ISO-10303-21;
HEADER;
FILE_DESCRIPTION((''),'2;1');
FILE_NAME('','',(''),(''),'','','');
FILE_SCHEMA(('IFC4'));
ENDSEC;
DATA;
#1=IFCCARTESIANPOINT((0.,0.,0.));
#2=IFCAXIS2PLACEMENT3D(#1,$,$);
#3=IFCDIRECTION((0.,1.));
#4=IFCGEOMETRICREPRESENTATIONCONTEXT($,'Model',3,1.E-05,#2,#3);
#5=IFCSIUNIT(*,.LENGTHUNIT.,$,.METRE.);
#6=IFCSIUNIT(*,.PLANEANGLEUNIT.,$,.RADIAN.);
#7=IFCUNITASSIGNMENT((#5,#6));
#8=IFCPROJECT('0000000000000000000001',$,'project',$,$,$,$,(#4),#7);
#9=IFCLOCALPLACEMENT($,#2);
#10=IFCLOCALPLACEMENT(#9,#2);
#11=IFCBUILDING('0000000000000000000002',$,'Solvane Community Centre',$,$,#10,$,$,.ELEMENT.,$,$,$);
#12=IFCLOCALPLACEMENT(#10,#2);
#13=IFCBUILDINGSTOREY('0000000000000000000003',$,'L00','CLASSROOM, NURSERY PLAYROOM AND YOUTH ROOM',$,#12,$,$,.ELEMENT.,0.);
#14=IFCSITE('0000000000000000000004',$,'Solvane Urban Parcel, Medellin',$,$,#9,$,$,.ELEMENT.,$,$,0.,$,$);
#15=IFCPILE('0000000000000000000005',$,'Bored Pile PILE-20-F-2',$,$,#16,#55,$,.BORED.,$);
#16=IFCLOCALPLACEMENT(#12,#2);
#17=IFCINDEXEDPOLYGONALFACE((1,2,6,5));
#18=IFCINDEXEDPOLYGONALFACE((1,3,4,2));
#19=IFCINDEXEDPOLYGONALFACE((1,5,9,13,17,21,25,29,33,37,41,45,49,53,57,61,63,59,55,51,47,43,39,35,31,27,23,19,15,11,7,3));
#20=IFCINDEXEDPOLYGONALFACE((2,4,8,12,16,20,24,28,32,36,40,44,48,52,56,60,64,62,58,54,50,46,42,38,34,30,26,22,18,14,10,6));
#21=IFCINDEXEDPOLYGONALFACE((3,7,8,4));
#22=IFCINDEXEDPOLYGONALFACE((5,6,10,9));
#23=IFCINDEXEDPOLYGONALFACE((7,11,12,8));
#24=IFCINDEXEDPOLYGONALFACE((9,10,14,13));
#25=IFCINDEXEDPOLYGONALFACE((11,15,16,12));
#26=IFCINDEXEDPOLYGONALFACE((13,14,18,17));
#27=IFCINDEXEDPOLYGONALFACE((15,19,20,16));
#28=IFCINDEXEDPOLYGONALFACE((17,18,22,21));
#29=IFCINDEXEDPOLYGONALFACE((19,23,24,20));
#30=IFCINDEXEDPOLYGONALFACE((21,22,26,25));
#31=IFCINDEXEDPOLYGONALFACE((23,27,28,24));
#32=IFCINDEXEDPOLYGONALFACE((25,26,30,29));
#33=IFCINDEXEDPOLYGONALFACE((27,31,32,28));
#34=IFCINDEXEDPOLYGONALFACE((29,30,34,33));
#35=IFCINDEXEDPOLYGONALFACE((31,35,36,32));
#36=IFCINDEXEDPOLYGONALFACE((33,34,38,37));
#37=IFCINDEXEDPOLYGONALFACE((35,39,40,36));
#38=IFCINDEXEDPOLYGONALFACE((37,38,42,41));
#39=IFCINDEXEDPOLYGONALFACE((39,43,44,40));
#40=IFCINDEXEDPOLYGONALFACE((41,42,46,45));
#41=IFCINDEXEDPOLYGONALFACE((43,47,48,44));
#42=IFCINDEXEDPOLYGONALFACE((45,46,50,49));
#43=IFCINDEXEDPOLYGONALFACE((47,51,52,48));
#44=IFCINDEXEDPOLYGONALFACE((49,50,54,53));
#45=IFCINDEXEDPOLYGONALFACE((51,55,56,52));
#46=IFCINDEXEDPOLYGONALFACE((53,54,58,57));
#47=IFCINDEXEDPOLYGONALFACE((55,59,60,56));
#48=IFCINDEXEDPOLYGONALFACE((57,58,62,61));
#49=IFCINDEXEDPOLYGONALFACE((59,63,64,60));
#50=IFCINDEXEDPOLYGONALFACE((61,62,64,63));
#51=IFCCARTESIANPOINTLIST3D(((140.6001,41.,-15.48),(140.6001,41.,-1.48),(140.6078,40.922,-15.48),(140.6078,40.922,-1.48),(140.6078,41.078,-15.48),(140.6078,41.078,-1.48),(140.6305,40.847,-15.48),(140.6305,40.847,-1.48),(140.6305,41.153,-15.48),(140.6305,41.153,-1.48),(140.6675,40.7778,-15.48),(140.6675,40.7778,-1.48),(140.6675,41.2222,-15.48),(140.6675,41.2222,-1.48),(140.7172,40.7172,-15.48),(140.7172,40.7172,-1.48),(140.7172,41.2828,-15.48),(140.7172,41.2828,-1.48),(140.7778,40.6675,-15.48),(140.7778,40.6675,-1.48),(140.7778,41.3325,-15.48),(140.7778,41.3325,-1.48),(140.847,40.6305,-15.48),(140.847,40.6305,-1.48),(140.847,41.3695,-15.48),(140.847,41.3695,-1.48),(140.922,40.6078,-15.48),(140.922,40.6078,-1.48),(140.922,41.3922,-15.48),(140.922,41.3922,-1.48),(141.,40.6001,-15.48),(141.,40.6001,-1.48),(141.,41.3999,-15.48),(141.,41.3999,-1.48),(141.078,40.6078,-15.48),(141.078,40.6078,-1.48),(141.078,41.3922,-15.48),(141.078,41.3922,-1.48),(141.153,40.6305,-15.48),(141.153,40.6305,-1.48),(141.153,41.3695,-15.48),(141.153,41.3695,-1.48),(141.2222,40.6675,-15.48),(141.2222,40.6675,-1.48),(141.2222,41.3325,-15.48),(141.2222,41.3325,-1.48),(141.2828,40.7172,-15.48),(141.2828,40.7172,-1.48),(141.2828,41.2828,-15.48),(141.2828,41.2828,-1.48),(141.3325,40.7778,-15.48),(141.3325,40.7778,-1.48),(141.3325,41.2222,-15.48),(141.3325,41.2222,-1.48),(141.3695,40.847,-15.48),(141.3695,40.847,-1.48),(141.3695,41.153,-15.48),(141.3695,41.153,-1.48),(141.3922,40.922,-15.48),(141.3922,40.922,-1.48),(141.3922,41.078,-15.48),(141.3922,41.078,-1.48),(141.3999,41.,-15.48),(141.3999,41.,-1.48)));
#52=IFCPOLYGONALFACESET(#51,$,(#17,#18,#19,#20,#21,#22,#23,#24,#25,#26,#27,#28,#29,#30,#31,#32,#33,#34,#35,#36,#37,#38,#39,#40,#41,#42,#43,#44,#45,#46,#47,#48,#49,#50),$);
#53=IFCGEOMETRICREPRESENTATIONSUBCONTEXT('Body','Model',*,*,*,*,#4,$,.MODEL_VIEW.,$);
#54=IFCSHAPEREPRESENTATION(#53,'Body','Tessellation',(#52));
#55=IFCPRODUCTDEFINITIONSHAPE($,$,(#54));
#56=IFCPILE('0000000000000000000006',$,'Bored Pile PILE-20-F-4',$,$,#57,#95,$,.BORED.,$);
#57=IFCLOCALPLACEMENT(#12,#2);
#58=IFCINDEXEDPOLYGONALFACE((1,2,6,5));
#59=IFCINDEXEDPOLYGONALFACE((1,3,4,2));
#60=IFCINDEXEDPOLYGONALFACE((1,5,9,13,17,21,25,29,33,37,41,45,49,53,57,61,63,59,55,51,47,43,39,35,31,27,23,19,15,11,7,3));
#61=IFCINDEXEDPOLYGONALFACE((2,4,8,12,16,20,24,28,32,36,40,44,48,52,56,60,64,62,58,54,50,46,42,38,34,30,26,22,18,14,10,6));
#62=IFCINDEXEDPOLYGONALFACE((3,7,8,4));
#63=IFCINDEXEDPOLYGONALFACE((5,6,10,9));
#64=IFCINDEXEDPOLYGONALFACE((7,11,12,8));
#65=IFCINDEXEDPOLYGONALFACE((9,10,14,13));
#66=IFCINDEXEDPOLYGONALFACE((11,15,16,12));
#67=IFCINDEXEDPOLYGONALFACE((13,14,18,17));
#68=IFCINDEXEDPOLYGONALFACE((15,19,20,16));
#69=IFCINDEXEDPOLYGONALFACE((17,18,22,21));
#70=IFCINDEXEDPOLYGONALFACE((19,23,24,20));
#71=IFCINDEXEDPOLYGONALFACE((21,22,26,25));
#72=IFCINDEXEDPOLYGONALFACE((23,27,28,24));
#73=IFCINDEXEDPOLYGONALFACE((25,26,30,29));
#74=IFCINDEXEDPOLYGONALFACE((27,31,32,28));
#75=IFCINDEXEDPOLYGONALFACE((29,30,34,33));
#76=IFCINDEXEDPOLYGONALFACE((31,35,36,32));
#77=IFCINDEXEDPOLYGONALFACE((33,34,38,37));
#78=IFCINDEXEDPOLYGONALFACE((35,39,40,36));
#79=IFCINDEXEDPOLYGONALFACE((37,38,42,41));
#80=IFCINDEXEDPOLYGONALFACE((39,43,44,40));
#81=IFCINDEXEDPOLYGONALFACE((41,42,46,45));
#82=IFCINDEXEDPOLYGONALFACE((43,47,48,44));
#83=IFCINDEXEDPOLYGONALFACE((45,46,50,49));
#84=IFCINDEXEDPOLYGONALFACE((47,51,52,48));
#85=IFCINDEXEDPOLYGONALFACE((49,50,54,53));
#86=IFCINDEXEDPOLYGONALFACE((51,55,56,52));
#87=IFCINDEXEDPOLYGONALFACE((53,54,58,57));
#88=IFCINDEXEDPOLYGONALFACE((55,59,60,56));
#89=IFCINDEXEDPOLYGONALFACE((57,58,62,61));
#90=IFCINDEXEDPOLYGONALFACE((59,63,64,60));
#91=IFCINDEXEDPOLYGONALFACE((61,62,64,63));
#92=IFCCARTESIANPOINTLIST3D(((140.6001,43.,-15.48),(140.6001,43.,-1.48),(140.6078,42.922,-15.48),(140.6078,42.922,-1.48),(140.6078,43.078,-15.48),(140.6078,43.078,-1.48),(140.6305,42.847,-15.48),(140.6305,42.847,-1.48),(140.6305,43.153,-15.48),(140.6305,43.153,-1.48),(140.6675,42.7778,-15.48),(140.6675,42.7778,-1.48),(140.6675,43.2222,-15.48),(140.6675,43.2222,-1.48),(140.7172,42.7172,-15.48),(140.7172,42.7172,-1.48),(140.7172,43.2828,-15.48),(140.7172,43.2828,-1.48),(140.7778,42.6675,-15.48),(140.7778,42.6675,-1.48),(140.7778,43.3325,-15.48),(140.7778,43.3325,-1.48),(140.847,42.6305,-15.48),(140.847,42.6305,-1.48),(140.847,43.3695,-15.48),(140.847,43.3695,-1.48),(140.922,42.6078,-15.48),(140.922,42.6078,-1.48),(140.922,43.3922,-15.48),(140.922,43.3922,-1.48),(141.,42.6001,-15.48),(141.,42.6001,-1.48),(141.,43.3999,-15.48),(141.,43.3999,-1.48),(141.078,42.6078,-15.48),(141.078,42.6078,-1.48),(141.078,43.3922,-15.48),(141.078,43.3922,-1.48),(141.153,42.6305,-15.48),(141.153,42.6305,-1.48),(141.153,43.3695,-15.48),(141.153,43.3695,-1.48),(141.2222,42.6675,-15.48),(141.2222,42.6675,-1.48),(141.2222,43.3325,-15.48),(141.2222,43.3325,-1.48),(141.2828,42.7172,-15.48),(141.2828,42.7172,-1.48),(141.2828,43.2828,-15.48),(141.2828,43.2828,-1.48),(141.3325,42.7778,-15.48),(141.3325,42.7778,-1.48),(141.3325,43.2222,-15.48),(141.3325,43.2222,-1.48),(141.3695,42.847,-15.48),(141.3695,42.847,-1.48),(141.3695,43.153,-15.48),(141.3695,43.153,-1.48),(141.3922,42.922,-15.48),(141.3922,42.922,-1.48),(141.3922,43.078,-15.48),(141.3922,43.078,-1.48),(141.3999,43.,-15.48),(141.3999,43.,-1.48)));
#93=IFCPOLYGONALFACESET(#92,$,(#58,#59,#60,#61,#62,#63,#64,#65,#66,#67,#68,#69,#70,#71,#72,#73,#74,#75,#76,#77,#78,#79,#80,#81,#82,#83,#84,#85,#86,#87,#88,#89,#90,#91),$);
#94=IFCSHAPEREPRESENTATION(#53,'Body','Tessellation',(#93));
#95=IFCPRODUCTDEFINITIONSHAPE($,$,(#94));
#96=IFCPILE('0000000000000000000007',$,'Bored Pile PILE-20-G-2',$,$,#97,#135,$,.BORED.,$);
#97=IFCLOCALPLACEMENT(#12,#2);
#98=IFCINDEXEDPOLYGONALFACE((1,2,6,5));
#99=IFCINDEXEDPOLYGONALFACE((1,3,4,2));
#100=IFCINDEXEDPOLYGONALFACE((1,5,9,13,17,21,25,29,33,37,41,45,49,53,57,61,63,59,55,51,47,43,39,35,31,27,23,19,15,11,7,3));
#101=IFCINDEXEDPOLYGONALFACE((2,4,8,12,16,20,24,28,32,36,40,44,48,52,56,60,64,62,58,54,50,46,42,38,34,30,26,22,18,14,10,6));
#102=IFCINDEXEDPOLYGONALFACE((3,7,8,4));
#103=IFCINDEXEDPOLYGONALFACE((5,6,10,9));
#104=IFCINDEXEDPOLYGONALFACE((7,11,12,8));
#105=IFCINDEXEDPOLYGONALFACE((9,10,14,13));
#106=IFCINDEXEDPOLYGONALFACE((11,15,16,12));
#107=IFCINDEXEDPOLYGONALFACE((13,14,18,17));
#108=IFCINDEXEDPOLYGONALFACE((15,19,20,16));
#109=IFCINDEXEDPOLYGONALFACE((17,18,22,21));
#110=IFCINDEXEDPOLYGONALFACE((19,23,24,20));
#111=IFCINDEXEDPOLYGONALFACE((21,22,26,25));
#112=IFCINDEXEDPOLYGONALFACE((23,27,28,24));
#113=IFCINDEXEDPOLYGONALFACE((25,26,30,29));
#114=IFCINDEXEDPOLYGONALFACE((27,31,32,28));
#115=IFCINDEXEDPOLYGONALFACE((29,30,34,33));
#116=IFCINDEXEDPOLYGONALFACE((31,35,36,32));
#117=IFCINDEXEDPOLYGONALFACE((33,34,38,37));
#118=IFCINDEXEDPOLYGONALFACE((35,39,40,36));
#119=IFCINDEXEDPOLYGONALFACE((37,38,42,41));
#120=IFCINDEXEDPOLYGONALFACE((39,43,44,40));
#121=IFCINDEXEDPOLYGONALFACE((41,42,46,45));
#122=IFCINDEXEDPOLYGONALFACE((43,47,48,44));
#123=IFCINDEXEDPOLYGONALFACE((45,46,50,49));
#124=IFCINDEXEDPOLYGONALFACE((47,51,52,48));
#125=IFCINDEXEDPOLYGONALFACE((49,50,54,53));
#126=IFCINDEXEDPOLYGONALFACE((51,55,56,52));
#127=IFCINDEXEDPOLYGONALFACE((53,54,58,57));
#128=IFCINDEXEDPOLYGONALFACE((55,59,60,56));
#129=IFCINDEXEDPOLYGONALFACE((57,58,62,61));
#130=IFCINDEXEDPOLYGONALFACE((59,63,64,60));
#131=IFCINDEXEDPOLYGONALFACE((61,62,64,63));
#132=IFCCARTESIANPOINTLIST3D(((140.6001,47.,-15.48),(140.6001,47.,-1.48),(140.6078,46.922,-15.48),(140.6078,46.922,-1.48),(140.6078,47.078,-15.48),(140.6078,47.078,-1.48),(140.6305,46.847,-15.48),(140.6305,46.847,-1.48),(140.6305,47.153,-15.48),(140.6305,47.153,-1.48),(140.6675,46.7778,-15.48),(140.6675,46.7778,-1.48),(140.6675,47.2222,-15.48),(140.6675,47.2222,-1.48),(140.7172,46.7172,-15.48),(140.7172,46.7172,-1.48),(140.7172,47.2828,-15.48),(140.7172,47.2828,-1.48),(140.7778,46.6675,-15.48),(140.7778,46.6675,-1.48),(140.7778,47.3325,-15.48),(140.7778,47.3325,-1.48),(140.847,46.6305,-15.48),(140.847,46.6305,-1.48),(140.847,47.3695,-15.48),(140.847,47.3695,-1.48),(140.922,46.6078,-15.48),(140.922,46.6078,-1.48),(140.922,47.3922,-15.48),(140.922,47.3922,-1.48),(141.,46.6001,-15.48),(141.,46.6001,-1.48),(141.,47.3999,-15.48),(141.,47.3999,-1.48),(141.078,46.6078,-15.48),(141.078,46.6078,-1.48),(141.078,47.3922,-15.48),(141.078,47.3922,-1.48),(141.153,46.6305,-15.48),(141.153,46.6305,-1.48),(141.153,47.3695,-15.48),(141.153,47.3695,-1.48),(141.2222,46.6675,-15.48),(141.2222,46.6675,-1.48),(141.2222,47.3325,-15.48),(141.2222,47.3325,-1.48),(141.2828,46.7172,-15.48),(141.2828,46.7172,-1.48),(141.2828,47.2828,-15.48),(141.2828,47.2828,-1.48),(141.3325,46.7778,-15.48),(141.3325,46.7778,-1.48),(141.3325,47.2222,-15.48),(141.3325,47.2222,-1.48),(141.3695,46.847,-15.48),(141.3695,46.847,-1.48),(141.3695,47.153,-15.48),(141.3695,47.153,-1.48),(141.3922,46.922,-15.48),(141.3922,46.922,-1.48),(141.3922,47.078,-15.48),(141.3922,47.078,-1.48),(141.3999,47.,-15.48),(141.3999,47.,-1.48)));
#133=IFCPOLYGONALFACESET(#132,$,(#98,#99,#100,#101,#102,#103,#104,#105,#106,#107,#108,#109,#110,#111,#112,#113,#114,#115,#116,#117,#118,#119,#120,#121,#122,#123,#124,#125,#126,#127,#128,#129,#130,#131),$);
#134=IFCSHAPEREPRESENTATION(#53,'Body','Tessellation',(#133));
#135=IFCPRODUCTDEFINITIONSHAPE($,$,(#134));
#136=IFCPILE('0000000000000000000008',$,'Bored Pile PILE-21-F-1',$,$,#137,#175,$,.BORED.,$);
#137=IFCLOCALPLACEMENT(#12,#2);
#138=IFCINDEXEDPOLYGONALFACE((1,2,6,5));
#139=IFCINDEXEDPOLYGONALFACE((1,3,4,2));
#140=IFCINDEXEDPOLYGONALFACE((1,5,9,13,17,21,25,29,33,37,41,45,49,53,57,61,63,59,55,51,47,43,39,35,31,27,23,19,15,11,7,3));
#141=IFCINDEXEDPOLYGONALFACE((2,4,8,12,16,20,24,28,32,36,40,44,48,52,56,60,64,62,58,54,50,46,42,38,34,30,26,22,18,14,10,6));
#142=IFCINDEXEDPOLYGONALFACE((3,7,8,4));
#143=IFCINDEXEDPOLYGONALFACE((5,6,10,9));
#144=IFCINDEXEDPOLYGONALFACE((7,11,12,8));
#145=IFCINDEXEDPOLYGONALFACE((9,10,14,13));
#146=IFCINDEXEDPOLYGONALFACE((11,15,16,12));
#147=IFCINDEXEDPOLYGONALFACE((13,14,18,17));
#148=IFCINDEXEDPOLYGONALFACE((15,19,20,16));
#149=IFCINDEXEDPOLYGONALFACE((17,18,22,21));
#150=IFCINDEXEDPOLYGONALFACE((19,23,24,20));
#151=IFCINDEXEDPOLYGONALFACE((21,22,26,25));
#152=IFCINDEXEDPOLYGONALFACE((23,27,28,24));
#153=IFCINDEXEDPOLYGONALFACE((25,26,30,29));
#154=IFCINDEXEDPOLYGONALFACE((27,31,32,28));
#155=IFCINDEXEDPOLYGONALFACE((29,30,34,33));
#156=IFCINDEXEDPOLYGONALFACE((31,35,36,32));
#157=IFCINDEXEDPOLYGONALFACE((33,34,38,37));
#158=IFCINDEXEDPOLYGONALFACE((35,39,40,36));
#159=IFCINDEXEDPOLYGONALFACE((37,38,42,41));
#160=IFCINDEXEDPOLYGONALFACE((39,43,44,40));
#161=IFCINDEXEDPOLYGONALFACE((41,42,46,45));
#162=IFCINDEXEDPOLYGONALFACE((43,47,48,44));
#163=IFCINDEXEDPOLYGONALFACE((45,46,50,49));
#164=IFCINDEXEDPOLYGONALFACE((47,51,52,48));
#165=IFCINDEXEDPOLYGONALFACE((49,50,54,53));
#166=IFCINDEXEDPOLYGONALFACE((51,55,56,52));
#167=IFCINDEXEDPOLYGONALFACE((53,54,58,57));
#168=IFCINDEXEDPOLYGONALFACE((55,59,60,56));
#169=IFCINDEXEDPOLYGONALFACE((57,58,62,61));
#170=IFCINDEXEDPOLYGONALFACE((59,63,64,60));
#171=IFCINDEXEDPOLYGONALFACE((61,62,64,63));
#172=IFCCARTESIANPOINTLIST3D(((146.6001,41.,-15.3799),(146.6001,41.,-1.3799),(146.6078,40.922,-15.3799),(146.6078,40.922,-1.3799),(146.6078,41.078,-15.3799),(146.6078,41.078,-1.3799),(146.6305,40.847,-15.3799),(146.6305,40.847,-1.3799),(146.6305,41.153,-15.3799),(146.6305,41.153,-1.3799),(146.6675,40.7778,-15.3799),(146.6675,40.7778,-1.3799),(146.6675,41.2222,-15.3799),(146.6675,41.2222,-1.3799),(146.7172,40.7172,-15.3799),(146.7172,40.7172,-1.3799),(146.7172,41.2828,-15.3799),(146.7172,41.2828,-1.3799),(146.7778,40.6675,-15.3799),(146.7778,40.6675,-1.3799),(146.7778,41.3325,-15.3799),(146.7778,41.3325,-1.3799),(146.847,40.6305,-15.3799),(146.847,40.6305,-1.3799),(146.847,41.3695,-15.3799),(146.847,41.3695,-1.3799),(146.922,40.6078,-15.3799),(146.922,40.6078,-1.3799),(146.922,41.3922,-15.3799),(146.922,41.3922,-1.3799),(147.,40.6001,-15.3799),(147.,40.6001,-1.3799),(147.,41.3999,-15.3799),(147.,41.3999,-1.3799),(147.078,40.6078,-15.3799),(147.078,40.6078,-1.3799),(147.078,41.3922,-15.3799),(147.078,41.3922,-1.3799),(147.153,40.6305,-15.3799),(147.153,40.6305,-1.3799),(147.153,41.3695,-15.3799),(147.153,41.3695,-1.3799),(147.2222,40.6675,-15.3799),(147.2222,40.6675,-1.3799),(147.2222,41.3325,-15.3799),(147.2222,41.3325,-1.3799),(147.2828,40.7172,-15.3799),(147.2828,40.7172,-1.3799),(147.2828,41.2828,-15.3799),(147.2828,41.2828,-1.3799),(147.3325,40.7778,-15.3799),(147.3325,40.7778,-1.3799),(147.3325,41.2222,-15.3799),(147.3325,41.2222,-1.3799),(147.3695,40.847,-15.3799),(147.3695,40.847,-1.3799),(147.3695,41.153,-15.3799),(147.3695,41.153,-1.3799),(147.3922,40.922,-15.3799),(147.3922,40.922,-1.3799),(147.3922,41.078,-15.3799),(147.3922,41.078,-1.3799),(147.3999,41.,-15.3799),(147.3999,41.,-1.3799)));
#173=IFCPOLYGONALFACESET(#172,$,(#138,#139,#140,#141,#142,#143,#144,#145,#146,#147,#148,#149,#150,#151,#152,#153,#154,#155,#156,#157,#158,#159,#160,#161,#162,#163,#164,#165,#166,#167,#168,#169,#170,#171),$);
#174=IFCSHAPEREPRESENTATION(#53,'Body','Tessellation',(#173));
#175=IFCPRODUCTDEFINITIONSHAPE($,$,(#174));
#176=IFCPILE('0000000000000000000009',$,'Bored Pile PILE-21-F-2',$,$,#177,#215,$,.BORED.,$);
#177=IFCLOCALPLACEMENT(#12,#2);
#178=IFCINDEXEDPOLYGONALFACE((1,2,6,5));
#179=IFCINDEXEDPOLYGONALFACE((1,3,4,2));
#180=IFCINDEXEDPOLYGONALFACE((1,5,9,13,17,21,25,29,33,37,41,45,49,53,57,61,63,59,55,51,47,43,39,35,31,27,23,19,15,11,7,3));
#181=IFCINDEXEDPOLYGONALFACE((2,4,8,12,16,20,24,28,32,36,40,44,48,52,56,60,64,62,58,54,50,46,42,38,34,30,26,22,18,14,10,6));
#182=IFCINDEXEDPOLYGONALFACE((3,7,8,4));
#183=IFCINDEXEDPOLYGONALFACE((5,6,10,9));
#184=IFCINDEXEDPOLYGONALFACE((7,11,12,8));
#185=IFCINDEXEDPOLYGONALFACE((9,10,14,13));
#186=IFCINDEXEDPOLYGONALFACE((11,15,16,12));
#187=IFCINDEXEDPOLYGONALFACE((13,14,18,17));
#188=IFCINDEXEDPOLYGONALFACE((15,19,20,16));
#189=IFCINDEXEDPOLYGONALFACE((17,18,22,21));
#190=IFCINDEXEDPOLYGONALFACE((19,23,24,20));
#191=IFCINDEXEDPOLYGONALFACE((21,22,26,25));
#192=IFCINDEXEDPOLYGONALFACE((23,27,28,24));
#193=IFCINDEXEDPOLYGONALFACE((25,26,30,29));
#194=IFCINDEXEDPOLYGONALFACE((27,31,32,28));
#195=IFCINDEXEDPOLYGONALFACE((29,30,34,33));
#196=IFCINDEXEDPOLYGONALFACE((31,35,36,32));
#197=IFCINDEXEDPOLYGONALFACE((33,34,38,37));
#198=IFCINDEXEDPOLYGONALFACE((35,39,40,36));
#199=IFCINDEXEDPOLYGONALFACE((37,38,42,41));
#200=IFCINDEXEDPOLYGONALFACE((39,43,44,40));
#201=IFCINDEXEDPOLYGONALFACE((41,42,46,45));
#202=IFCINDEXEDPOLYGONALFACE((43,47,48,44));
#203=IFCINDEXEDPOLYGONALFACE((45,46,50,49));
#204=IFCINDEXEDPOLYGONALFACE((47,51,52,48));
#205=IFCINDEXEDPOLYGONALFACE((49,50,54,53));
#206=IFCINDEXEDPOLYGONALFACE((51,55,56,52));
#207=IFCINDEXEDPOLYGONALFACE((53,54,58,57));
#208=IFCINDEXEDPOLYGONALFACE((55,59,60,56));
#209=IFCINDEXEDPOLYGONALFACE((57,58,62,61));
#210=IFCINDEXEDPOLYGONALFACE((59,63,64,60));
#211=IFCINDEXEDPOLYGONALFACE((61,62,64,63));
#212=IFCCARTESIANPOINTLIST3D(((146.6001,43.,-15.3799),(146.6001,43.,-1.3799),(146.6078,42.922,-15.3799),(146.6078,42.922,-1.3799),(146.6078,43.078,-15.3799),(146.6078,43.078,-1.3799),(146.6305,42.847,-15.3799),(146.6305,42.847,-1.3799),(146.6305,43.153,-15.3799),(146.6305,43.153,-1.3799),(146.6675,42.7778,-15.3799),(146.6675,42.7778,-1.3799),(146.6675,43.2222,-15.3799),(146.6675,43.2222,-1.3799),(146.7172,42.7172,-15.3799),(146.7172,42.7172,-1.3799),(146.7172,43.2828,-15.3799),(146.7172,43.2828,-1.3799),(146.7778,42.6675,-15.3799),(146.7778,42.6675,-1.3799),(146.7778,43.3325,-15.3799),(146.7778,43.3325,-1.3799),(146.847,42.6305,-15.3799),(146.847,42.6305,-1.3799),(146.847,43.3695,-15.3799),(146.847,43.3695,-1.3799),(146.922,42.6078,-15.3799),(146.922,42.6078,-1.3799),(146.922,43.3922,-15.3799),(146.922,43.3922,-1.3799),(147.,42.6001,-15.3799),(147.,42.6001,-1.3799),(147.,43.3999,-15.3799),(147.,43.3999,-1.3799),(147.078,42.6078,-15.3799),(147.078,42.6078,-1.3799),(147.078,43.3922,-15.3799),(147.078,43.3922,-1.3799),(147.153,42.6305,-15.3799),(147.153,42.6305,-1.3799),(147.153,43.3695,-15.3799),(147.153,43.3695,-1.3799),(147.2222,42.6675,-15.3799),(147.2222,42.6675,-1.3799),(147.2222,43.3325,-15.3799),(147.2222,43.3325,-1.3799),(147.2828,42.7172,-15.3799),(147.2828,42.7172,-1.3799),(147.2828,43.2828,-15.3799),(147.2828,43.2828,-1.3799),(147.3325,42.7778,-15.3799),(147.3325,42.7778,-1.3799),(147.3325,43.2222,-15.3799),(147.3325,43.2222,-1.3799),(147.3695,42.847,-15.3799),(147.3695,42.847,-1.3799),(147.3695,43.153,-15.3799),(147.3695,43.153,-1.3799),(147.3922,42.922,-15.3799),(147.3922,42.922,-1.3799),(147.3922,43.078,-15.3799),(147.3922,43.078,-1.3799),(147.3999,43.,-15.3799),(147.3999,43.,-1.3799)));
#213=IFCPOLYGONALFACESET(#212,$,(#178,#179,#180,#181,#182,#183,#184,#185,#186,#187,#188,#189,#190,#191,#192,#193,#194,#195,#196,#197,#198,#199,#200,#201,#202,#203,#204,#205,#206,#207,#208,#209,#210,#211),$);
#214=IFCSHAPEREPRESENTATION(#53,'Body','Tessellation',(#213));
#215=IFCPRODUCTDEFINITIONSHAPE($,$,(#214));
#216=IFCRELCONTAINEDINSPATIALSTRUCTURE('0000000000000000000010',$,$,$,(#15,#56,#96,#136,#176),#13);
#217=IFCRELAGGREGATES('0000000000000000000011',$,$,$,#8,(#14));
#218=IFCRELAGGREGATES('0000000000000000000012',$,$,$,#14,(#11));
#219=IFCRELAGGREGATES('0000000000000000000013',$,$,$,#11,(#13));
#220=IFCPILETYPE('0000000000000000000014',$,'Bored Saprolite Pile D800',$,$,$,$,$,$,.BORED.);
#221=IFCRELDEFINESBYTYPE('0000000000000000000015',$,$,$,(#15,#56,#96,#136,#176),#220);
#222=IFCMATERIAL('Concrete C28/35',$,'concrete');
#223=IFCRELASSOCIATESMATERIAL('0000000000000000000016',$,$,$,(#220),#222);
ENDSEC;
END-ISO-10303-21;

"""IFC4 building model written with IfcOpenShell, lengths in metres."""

from ifc_helpers import new_model, si_unit, direction, frame, origin, origin_2d, place, context, subcontext, project, spatial, circle, extrude, material, material_profile, profile_set, type_object, element, save


model = new_model("IFC4")

# Units and contexts
model_context = context("Model", 3, precision=1e-05, world=origin(), true_north=direction((0.0, 1.0)))
body_context = subcontext(model_context, "Body", "Model", "MODEL_VIEW")
ifc_project = project(units=[si_unit("LENGTHUNIT", "METRE"), si_unit("PLANEANGLEUNIT", "RADIAN")], contexts=[model_context])

# Site, building, storey
site_placement = place(None, origin())
site = spatial("IfcSite", under=ifc_project, at=site_placement, Name="Solvane Urban Parcel, Medellin", CompositionType="ELEMENT", RefElevation=0.0)
building_placement = place(site_placement, origin())
building = spatial("IfcBuilding", under=site, at=building_placement, Name="Solvane Community Centre", CompositionType="ELEMENT")
storey_placement = place(building_placement, origin())
storey = spatial("IfcBuildingStorey", under=building, at=storey_placement, Name="L00", Description="CLASSROOM, NURSERY PLAYROOM AND YOUTH ROOM", CompositionType="ELEMENT", Elevation=0.0)

# Piles
ifc_material_1 = material(Name="Concrete C28/35", Category="concrete")
ifc_material_profile_1 = material_profile(ifc_material_1, circle(Radius=0.3999, at=origin_2d()), Name="PILE D800")
ifc_profile_set_1 = profile_set([ifc_material_profile_1], Name="Concrete C28/35")
pile_type = type_object("IfcPileType", Name="Bored Saprolite Pile D800", PredefinedType="BORED", material=ifc_profile_set_1)
for number, where, z_axis, x_axis, name in (
    (1, (141.0, 41.0, -1.48), (0.0, 0.0, -1.0), (1.0, 0.0, 0.0), "Bored Pile PILE-20-F-2"),
    (2, (141.0, 43.0, -1.48), (0.0, 0.0, -1.0), (1.0, 0.0, 0.0), "Bored Pile PILE-20-F-4"),
    (3, (141.0, 47.0, -1.48), (0.0, 0.0, -1.0), (1.0, 0.0, 0.0), "Bored Pile PILE-20-G-2"),
    (4, (147.0, 41.0, -1.3799), (0.0, 0.0, -1.0), (1.0, 0.0, 0.0), "Bored Pile PILE-21-F-1"),
    (5, (147.0, 43.0, -1.3799), (0.0, 0.0, -1.0), (1.0, 0.0, 0.0), "Bored Pile PILE-21-F-2"),
):
    element("IfcPile", number, at=place(storey_placement, frame(where, z_axis=z_axis, x_axis=x_axis)), inside=storey, type_object=pile_type, Name=name, PredefinedType="BORED", context=body_context, shape_type="SweptSolid", body=[
        extrude(circle(Radius=0.3999, at=origin_2d()), origin(), (0.0, 0.0, 1.0), 14.0),
    ])

save(model, "model.ifc")
